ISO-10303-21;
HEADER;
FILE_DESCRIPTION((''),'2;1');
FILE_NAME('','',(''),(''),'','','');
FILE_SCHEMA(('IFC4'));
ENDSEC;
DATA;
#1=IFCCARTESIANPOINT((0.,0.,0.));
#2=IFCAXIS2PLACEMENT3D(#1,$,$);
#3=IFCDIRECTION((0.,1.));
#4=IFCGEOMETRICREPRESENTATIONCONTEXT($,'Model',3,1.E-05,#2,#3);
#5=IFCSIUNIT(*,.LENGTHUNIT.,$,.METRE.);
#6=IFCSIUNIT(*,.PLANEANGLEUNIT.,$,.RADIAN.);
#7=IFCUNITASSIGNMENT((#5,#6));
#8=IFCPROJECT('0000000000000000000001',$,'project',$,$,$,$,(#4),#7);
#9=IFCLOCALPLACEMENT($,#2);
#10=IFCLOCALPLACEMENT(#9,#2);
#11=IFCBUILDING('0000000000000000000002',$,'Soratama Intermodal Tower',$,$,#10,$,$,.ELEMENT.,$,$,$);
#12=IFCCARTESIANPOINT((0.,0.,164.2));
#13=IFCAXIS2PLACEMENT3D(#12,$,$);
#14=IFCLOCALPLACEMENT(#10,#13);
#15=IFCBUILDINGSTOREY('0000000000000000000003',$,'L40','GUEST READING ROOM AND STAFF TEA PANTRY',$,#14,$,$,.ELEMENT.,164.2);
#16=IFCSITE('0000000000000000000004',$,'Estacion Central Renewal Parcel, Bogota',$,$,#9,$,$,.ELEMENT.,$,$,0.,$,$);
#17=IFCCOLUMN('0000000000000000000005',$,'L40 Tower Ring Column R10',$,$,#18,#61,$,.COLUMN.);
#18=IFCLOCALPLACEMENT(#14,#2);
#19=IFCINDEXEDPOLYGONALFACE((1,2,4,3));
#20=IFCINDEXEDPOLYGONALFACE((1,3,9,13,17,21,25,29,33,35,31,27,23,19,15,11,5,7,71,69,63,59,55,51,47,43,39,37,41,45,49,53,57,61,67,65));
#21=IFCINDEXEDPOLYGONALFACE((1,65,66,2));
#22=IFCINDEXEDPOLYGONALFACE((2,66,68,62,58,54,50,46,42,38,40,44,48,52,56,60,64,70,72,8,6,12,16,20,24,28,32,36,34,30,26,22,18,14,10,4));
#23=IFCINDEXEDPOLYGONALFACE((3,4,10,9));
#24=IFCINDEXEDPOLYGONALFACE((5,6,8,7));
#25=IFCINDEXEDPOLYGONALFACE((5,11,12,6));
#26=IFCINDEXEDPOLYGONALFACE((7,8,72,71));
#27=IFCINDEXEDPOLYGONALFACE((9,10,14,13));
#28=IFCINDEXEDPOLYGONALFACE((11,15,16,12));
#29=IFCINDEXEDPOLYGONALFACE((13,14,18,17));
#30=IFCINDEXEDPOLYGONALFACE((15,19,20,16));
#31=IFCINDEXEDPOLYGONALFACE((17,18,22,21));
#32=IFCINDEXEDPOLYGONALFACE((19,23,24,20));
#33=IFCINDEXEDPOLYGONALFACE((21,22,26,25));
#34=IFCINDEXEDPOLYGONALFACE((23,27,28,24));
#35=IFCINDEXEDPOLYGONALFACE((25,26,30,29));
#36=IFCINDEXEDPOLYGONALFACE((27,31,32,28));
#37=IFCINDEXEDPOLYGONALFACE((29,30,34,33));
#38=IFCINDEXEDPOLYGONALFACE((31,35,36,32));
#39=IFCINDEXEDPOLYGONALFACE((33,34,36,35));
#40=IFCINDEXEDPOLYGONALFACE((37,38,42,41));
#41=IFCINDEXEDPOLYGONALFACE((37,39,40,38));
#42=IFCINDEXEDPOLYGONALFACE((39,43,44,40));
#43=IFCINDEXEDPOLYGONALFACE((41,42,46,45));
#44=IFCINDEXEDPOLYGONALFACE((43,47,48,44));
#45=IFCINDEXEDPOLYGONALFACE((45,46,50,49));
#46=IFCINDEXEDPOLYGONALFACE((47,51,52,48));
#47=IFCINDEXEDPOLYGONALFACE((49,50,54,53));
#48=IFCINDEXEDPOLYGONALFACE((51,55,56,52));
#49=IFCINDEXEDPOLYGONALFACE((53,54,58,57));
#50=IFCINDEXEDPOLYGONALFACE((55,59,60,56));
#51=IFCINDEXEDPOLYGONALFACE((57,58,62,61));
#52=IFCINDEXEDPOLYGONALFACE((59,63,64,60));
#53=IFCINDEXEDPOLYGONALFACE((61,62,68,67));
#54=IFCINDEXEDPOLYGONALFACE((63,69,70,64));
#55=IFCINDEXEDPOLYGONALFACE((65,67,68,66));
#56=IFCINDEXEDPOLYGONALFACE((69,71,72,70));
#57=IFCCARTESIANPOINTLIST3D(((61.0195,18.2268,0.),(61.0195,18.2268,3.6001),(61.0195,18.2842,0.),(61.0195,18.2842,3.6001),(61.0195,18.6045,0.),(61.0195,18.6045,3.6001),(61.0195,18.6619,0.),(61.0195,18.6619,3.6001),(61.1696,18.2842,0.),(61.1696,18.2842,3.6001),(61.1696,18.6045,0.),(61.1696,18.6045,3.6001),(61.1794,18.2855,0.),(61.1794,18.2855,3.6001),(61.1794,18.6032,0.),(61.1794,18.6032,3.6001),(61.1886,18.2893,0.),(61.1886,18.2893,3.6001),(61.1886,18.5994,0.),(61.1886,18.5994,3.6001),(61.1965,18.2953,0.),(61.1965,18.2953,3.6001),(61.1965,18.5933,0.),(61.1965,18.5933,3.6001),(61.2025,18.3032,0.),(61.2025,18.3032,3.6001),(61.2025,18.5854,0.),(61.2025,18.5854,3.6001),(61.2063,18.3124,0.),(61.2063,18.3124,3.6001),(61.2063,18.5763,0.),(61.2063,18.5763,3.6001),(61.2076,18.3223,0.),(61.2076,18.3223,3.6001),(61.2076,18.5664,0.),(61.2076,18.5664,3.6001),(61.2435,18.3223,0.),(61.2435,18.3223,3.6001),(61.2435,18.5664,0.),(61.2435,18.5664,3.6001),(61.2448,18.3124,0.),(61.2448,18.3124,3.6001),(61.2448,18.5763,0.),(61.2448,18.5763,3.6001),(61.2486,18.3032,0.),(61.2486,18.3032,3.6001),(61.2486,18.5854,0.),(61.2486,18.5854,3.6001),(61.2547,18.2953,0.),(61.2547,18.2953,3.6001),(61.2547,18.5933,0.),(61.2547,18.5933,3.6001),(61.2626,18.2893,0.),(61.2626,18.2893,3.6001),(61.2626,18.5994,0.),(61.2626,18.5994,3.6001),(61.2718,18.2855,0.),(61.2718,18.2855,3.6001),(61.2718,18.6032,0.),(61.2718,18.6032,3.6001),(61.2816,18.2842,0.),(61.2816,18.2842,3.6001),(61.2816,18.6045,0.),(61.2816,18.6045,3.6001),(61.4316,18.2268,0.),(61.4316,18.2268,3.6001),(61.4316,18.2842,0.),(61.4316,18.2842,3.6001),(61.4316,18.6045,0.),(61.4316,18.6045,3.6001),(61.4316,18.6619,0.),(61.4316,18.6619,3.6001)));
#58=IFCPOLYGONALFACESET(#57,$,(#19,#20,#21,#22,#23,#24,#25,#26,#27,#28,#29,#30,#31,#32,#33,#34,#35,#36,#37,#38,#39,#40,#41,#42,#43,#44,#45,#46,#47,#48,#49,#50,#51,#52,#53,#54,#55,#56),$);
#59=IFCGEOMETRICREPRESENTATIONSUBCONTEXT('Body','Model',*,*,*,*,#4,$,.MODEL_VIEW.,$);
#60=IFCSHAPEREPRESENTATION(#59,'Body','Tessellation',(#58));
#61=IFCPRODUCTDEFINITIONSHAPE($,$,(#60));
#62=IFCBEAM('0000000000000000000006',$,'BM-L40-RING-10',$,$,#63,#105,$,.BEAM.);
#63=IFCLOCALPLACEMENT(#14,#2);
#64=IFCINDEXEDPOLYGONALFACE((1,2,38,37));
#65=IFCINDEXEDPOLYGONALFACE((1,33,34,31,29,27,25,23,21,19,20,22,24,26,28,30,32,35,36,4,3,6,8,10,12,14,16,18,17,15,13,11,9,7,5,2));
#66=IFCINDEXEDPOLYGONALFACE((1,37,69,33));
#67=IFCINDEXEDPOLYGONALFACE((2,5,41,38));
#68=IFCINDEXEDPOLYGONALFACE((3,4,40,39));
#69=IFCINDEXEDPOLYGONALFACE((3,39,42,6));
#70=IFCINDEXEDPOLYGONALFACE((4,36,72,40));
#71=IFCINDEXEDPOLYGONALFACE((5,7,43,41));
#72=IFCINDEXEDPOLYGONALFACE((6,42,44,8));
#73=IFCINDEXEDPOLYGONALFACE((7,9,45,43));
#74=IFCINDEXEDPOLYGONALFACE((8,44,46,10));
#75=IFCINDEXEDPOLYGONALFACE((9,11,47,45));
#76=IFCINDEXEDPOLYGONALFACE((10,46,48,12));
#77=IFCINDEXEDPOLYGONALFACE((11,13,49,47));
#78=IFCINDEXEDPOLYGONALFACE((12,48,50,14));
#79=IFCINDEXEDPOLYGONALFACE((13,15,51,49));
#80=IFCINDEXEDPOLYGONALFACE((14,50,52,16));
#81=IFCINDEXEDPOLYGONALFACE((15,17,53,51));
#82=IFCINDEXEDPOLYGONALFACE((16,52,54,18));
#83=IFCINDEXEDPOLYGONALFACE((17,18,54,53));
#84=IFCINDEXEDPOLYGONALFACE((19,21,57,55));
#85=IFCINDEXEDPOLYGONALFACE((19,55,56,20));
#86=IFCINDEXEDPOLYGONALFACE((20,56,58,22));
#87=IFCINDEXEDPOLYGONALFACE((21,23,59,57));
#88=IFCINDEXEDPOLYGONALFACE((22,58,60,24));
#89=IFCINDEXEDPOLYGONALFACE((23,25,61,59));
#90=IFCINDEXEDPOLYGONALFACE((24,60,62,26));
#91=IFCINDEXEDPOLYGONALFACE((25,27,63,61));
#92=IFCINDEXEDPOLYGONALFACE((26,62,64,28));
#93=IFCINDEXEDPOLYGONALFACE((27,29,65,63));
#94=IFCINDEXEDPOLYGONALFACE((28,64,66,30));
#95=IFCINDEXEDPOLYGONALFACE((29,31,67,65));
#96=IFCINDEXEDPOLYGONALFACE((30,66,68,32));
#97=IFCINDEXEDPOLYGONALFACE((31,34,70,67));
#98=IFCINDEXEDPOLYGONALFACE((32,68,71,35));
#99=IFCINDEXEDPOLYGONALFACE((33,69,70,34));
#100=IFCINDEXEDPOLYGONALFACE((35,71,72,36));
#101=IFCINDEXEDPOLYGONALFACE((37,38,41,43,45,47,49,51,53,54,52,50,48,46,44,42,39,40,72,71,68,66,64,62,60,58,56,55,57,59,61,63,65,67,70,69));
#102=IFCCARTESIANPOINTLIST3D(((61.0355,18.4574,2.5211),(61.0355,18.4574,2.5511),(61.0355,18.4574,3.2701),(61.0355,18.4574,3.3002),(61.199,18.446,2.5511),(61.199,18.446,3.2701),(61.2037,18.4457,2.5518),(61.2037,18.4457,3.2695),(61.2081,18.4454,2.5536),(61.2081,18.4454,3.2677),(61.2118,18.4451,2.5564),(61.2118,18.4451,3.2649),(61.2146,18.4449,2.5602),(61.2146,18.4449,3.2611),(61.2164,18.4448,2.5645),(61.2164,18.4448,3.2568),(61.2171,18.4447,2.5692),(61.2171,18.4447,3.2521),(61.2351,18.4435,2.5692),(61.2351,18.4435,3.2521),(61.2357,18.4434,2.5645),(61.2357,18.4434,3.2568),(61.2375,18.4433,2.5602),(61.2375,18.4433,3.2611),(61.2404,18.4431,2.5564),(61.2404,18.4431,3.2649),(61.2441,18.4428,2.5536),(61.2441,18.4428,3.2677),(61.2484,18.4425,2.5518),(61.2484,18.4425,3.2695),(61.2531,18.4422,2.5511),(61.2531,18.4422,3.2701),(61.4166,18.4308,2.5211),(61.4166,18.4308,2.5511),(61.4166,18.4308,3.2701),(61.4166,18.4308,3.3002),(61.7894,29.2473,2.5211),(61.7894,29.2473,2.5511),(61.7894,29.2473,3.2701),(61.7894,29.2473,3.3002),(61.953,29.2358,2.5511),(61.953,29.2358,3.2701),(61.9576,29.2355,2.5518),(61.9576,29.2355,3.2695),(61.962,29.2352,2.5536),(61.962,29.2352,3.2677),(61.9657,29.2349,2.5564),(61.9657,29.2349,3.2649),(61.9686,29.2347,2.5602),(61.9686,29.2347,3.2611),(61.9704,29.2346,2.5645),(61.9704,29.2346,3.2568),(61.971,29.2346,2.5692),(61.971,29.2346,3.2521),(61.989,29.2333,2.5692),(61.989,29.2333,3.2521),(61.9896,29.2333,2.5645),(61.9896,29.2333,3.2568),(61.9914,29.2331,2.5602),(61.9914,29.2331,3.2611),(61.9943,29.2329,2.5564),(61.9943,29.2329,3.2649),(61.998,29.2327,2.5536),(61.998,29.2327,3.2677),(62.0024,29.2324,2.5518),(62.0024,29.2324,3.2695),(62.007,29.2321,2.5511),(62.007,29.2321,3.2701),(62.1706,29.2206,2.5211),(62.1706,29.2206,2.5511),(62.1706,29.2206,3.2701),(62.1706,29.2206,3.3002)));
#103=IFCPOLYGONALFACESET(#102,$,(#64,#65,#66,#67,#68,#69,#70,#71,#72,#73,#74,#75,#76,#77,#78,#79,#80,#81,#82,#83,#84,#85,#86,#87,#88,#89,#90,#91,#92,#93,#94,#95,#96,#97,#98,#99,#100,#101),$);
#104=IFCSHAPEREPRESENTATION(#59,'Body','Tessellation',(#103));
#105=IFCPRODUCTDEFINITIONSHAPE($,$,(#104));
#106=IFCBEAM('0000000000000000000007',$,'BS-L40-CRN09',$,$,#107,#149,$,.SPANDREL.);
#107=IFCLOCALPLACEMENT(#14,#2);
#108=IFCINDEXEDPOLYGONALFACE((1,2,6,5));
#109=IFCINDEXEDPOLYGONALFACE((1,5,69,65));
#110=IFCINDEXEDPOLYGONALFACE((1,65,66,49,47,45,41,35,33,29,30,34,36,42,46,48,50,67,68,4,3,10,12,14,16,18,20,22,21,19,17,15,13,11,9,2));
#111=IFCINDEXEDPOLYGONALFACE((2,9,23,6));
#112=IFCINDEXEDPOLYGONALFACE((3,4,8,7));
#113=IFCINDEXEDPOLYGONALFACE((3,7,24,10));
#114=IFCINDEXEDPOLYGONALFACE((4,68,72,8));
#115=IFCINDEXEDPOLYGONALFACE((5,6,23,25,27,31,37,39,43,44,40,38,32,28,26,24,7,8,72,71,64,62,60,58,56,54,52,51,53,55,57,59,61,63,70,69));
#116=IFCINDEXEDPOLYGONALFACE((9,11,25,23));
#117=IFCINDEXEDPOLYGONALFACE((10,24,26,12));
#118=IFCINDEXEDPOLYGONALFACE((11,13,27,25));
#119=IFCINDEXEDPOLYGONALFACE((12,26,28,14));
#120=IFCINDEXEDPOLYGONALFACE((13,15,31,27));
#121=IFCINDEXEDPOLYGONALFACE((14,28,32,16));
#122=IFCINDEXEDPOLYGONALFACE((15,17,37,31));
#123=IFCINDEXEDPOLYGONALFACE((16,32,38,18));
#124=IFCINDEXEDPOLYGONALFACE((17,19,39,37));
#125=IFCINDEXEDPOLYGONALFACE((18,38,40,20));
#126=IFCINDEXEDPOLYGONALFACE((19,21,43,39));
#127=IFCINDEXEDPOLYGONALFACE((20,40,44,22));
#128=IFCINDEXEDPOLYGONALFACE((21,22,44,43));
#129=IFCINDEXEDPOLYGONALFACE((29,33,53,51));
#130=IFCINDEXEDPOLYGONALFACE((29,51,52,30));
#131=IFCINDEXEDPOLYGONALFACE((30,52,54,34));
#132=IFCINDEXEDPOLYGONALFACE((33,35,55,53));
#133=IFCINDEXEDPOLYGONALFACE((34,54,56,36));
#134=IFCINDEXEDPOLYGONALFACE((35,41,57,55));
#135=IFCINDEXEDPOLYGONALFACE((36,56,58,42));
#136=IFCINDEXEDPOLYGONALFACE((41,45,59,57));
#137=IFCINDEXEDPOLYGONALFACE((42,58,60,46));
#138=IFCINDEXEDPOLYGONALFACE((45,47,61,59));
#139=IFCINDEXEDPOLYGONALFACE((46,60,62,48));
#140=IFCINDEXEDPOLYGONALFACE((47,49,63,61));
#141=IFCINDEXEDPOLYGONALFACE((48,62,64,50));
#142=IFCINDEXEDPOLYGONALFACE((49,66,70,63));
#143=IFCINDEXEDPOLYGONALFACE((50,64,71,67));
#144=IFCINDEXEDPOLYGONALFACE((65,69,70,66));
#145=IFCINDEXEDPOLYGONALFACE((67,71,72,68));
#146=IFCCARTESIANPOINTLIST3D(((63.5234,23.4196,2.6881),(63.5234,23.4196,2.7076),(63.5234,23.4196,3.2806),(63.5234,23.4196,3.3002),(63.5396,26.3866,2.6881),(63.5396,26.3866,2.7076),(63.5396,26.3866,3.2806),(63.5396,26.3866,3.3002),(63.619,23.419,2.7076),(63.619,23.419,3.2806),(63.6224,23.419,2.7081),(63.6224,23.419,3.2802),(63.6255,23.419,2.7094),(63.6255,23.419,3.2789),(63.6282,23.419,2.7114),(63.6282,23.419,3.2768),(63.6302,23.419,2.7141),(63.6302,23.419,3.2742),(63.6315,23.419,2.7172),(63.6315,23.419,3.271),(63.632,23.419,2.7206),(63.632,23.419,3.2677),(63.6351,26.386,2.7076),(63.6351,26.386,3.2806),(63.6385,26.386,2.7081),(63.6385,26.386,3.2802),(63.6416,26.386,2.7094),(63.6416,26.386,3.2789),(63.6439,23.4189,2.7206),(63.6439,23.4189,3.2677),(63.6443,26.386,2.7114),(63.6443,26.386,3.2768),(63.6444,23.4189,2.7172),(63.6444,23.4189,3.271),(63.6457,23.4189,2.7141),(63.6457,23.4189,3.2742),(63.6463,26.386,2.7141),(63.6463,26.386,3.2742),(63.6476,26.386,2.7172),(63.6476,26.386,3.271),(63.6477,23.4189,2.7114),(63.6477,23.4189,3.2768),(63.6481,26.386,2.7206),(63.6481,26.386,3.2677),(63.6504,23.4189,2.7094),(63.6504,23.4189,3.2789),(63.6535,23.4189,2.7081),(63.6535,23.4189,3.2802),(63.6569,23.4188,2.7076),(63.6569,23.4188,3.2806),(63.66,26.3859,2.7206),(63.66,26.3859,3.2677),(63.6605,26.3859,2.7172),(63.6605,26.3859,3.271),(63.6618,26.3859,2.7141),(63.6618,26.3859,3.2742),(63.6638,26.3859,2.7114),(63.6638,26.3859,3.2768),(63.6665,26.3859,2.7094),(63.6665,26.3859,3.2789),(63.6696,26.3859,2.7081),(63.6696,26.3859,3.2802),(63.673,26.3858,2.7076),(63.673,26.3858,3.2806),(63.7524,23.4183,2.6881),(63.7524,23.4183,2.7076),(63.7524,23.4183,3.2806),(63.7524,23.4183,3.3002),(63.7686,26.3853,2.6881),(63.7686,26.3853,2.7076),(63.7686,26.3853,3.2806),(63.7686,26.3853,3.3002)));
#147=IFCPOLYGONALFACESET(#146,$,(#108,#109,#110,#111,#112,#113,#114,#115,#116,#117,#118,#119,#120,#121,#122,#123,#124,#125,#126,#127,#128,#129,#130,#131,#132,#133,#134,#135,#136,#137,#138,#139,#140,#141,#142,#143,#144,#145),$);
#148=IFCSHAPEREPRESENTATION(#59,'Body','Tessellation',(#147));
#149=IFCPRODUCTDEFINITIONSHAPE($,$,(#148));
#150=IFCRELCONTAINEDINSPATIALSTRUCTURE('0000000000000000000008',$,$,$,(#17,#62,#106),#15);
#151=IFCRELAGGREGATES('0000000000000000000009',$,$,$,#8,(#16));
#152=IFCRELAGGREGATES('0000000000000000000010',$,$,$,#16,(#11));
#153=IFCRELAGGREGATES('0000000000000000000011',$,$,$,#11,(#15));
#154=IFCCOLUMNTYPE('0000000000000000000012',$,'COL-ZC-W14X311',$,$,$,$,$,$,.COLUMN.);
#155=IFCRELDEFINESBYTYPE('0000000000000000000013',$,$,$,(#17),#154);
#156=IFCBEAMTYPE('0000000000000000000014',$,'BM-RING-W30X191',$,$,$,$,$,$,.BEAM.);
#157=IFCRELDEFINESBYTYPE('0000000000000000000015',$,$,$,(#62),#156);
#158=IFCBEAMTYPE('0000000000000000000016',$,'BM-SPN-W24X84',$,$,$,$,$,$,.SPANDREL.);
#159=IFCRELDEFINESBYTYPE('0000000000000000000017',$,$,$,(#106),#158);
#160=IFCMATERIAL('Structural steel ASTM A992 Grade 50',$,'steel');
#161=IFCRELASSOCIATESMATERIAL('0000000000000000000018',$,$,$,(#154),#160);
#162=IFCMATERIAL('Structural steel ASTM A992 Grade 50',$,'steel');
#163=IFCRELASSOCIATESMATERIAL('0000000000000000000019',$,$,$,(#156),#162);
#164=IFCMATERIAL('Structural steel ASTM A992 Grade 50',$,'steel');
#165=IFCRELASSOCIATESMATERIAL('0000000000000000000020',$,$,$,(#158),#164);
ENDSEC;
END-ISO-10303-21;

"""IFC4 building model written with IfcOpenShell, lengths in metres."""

from ifc_helpers import new_model, si_unit, direction, frame, origin, origin_2d, place, context, subcontext, project, spatial, i_section, extrude, material, material_profile, profile_set, type_object, element, save


model = new_model("IFC4")

# Units and contexts
model_context = context("Model", 3, precision=1e-05, world=origin(), true_north=direction((0.0, 1.0)))
body_context = subcontext(model_context, "Body", "Model", "MODEL_VIEW")
ifc_project = project(units=[si_unit("LENGTHUNIT", "METRE"), si_unit("PLANEANGLEUNIT", "RADIAN")], contexts=[model_context])

# Site, building, storey
site_placement = place(None, origin())
site = spatial("IfcSite", under=ifc_project, at=site_placement, Name="Estacion Central Renewal Parcel, Bogota", CompositionType="ELEMENT", RefElevation=0.0)
building_placement = place(site_placement, origin())
building = spatial("IfcBuilding", under=site, at=building_placement, Name="Soratama Intermodal Tower", CompositionType="ELEMENT")
storey_placement = place(building_placement, frame((0.0, 0.0, 164.2)))
storey = spatial("IfcBuildingStorey", under=building, at=storey_placement, Name="L40", Description="GUEST READING ROOM AND STAFF TEA PANTRY", CompositionType="ELEMENT", Elevation=164.2)

# Column
ifc_material_1 = material(Name="Structural steel ASTM A992 Grade 50", Category="steel")
ifc_material_profile_1 = material_profile(ifc_material_1, i_section(OverallWidth=0.4121, OverallDepth=0.4351, WebThickness=0.0359, FlangeThickness=0.0574, FilletRadius=0.0381, at=origin_2d()), Name="W14X311")
ifc_profile_set_1 = profile_set([ifc_material_profile_1], Name="Structural steel ASTM A992 Grade 50")
column_type = type_object("IfcColumnType", Name="COL-ZC-W14X311", PredefinedType="COLUMN", material=ifc_profile_set_1)
column_placement = place(storey_placement, frame((61.2256, 18.4443, 0.0), z_axis=(0.0, 0.0, 1.0), x_axis=(1.0, 0.0, 0.0)))
element("IfcColumn", 1, at=column_placement, inside=storey, type_object=column_type, Name="L40 Tower Ring Column R10", PredefinedType="COLUMN", context=body_context, shape_type="SweptSolid", body=[
    extrude(i_section(OverallWidth=0.4121, OverallDepth=0.4351, WebThickness=0.0359, FlangeThickness=0.0574, FilletRadius=0.0381, at=origin_2d()), origin(), (0.0, 0.0, 1.0), 3.6001),
])

# Beams
ifc_material_2 = material(Name="Structural steel ASTM A992 Grade 50", Category="steel")
ifc_material_profile_2 = material_profile(ifc_material_2, i_section(OverallWidth=0.3821, OverallDepth=0.7791, WebThickness=0.0181, FlangeThickness=0.03, FilletRadius=0.0181, at=origin_2d()), Name="W30X191")
ifc_profile_set_2 = profile_set([ifc_material_profile_2], Name="Structural steel ASTM A992 Grade 50")
beam_type_1 = type_object("IfcBeamType", Name="BM-RING-W30X191", PredefinedType="BEAM", material=ifc_profile_set_2)
beam_1_placement = place(storey_placement, frame((61.2261, 18.4441, 2.9106), z_axis=(0.069702, 0.997568, 0.0), x_axis=(-0.997568, 0.069702, 0.0)))
element("IfcBeam", 2, at=beam_1_placement, inside=storey, type_object=beam_type_1, Name="BM-L40-RING-10", PredefinedType="BEAM", context=body_context, shape_type="SweptSolid", body=[
    extrude(i_section(OverallWidth=0.3821, OverallDepth=0.7791, WebThickness=0.0181, FlangeThickness=0.03, FilletRadius=0.0181, at=origin_2d()), origin(), (0.0, 0.0, 1.0), 10.8162),
])
ifc_material_3 = material(Name="Structural steel ASTM A992 Grade 50", Category="steel")
ifc_material_profile_3 = material_profile(ifc_material_3, i_section(OverallWidth=0.229, OverallDepth=0.6121, WebThickness=0.012, FlangeThickness=0.0195, FilletRadius=0.0129, at=origin_2d()), Name="W24X84")
ifc_profile_set_3 = profile_set([ifc_material_profile_3], Name="Structural steel ASTM A992 Grade 50")
beam_type_2 = type_object("IfcBeamType", Name="BM-SPN-W24X84", PredefinedType="SPANDREL", material=ifc_profile_set_3)
beam_2_placement = place(storey_placement, frame((63.6379, 23.4189, 2.9941), z_axis=(0.005431, 0.999985, 0.0), x_axis=(-0.999985, 0.005431, 0.0)))
element("IfcBeam", 3, at=beam_2_placement, inside=storey, type_object=beam_type_2, Name="BS-L40-CRN09", PredefinedType="SPANDREL", context=body_context, shape_type="SweptSolid", body=[
    extrude(i_section(OverallWidth=0.229, OverallDepth=0.6121, WebThickness=0.012, FlangeThickness=0.0195, FilletRadius=0.0129, at=origin_2d()), origin(), (0.0, 0.0, 1.0), 2.967),
])

save(model, "model.ifc")
